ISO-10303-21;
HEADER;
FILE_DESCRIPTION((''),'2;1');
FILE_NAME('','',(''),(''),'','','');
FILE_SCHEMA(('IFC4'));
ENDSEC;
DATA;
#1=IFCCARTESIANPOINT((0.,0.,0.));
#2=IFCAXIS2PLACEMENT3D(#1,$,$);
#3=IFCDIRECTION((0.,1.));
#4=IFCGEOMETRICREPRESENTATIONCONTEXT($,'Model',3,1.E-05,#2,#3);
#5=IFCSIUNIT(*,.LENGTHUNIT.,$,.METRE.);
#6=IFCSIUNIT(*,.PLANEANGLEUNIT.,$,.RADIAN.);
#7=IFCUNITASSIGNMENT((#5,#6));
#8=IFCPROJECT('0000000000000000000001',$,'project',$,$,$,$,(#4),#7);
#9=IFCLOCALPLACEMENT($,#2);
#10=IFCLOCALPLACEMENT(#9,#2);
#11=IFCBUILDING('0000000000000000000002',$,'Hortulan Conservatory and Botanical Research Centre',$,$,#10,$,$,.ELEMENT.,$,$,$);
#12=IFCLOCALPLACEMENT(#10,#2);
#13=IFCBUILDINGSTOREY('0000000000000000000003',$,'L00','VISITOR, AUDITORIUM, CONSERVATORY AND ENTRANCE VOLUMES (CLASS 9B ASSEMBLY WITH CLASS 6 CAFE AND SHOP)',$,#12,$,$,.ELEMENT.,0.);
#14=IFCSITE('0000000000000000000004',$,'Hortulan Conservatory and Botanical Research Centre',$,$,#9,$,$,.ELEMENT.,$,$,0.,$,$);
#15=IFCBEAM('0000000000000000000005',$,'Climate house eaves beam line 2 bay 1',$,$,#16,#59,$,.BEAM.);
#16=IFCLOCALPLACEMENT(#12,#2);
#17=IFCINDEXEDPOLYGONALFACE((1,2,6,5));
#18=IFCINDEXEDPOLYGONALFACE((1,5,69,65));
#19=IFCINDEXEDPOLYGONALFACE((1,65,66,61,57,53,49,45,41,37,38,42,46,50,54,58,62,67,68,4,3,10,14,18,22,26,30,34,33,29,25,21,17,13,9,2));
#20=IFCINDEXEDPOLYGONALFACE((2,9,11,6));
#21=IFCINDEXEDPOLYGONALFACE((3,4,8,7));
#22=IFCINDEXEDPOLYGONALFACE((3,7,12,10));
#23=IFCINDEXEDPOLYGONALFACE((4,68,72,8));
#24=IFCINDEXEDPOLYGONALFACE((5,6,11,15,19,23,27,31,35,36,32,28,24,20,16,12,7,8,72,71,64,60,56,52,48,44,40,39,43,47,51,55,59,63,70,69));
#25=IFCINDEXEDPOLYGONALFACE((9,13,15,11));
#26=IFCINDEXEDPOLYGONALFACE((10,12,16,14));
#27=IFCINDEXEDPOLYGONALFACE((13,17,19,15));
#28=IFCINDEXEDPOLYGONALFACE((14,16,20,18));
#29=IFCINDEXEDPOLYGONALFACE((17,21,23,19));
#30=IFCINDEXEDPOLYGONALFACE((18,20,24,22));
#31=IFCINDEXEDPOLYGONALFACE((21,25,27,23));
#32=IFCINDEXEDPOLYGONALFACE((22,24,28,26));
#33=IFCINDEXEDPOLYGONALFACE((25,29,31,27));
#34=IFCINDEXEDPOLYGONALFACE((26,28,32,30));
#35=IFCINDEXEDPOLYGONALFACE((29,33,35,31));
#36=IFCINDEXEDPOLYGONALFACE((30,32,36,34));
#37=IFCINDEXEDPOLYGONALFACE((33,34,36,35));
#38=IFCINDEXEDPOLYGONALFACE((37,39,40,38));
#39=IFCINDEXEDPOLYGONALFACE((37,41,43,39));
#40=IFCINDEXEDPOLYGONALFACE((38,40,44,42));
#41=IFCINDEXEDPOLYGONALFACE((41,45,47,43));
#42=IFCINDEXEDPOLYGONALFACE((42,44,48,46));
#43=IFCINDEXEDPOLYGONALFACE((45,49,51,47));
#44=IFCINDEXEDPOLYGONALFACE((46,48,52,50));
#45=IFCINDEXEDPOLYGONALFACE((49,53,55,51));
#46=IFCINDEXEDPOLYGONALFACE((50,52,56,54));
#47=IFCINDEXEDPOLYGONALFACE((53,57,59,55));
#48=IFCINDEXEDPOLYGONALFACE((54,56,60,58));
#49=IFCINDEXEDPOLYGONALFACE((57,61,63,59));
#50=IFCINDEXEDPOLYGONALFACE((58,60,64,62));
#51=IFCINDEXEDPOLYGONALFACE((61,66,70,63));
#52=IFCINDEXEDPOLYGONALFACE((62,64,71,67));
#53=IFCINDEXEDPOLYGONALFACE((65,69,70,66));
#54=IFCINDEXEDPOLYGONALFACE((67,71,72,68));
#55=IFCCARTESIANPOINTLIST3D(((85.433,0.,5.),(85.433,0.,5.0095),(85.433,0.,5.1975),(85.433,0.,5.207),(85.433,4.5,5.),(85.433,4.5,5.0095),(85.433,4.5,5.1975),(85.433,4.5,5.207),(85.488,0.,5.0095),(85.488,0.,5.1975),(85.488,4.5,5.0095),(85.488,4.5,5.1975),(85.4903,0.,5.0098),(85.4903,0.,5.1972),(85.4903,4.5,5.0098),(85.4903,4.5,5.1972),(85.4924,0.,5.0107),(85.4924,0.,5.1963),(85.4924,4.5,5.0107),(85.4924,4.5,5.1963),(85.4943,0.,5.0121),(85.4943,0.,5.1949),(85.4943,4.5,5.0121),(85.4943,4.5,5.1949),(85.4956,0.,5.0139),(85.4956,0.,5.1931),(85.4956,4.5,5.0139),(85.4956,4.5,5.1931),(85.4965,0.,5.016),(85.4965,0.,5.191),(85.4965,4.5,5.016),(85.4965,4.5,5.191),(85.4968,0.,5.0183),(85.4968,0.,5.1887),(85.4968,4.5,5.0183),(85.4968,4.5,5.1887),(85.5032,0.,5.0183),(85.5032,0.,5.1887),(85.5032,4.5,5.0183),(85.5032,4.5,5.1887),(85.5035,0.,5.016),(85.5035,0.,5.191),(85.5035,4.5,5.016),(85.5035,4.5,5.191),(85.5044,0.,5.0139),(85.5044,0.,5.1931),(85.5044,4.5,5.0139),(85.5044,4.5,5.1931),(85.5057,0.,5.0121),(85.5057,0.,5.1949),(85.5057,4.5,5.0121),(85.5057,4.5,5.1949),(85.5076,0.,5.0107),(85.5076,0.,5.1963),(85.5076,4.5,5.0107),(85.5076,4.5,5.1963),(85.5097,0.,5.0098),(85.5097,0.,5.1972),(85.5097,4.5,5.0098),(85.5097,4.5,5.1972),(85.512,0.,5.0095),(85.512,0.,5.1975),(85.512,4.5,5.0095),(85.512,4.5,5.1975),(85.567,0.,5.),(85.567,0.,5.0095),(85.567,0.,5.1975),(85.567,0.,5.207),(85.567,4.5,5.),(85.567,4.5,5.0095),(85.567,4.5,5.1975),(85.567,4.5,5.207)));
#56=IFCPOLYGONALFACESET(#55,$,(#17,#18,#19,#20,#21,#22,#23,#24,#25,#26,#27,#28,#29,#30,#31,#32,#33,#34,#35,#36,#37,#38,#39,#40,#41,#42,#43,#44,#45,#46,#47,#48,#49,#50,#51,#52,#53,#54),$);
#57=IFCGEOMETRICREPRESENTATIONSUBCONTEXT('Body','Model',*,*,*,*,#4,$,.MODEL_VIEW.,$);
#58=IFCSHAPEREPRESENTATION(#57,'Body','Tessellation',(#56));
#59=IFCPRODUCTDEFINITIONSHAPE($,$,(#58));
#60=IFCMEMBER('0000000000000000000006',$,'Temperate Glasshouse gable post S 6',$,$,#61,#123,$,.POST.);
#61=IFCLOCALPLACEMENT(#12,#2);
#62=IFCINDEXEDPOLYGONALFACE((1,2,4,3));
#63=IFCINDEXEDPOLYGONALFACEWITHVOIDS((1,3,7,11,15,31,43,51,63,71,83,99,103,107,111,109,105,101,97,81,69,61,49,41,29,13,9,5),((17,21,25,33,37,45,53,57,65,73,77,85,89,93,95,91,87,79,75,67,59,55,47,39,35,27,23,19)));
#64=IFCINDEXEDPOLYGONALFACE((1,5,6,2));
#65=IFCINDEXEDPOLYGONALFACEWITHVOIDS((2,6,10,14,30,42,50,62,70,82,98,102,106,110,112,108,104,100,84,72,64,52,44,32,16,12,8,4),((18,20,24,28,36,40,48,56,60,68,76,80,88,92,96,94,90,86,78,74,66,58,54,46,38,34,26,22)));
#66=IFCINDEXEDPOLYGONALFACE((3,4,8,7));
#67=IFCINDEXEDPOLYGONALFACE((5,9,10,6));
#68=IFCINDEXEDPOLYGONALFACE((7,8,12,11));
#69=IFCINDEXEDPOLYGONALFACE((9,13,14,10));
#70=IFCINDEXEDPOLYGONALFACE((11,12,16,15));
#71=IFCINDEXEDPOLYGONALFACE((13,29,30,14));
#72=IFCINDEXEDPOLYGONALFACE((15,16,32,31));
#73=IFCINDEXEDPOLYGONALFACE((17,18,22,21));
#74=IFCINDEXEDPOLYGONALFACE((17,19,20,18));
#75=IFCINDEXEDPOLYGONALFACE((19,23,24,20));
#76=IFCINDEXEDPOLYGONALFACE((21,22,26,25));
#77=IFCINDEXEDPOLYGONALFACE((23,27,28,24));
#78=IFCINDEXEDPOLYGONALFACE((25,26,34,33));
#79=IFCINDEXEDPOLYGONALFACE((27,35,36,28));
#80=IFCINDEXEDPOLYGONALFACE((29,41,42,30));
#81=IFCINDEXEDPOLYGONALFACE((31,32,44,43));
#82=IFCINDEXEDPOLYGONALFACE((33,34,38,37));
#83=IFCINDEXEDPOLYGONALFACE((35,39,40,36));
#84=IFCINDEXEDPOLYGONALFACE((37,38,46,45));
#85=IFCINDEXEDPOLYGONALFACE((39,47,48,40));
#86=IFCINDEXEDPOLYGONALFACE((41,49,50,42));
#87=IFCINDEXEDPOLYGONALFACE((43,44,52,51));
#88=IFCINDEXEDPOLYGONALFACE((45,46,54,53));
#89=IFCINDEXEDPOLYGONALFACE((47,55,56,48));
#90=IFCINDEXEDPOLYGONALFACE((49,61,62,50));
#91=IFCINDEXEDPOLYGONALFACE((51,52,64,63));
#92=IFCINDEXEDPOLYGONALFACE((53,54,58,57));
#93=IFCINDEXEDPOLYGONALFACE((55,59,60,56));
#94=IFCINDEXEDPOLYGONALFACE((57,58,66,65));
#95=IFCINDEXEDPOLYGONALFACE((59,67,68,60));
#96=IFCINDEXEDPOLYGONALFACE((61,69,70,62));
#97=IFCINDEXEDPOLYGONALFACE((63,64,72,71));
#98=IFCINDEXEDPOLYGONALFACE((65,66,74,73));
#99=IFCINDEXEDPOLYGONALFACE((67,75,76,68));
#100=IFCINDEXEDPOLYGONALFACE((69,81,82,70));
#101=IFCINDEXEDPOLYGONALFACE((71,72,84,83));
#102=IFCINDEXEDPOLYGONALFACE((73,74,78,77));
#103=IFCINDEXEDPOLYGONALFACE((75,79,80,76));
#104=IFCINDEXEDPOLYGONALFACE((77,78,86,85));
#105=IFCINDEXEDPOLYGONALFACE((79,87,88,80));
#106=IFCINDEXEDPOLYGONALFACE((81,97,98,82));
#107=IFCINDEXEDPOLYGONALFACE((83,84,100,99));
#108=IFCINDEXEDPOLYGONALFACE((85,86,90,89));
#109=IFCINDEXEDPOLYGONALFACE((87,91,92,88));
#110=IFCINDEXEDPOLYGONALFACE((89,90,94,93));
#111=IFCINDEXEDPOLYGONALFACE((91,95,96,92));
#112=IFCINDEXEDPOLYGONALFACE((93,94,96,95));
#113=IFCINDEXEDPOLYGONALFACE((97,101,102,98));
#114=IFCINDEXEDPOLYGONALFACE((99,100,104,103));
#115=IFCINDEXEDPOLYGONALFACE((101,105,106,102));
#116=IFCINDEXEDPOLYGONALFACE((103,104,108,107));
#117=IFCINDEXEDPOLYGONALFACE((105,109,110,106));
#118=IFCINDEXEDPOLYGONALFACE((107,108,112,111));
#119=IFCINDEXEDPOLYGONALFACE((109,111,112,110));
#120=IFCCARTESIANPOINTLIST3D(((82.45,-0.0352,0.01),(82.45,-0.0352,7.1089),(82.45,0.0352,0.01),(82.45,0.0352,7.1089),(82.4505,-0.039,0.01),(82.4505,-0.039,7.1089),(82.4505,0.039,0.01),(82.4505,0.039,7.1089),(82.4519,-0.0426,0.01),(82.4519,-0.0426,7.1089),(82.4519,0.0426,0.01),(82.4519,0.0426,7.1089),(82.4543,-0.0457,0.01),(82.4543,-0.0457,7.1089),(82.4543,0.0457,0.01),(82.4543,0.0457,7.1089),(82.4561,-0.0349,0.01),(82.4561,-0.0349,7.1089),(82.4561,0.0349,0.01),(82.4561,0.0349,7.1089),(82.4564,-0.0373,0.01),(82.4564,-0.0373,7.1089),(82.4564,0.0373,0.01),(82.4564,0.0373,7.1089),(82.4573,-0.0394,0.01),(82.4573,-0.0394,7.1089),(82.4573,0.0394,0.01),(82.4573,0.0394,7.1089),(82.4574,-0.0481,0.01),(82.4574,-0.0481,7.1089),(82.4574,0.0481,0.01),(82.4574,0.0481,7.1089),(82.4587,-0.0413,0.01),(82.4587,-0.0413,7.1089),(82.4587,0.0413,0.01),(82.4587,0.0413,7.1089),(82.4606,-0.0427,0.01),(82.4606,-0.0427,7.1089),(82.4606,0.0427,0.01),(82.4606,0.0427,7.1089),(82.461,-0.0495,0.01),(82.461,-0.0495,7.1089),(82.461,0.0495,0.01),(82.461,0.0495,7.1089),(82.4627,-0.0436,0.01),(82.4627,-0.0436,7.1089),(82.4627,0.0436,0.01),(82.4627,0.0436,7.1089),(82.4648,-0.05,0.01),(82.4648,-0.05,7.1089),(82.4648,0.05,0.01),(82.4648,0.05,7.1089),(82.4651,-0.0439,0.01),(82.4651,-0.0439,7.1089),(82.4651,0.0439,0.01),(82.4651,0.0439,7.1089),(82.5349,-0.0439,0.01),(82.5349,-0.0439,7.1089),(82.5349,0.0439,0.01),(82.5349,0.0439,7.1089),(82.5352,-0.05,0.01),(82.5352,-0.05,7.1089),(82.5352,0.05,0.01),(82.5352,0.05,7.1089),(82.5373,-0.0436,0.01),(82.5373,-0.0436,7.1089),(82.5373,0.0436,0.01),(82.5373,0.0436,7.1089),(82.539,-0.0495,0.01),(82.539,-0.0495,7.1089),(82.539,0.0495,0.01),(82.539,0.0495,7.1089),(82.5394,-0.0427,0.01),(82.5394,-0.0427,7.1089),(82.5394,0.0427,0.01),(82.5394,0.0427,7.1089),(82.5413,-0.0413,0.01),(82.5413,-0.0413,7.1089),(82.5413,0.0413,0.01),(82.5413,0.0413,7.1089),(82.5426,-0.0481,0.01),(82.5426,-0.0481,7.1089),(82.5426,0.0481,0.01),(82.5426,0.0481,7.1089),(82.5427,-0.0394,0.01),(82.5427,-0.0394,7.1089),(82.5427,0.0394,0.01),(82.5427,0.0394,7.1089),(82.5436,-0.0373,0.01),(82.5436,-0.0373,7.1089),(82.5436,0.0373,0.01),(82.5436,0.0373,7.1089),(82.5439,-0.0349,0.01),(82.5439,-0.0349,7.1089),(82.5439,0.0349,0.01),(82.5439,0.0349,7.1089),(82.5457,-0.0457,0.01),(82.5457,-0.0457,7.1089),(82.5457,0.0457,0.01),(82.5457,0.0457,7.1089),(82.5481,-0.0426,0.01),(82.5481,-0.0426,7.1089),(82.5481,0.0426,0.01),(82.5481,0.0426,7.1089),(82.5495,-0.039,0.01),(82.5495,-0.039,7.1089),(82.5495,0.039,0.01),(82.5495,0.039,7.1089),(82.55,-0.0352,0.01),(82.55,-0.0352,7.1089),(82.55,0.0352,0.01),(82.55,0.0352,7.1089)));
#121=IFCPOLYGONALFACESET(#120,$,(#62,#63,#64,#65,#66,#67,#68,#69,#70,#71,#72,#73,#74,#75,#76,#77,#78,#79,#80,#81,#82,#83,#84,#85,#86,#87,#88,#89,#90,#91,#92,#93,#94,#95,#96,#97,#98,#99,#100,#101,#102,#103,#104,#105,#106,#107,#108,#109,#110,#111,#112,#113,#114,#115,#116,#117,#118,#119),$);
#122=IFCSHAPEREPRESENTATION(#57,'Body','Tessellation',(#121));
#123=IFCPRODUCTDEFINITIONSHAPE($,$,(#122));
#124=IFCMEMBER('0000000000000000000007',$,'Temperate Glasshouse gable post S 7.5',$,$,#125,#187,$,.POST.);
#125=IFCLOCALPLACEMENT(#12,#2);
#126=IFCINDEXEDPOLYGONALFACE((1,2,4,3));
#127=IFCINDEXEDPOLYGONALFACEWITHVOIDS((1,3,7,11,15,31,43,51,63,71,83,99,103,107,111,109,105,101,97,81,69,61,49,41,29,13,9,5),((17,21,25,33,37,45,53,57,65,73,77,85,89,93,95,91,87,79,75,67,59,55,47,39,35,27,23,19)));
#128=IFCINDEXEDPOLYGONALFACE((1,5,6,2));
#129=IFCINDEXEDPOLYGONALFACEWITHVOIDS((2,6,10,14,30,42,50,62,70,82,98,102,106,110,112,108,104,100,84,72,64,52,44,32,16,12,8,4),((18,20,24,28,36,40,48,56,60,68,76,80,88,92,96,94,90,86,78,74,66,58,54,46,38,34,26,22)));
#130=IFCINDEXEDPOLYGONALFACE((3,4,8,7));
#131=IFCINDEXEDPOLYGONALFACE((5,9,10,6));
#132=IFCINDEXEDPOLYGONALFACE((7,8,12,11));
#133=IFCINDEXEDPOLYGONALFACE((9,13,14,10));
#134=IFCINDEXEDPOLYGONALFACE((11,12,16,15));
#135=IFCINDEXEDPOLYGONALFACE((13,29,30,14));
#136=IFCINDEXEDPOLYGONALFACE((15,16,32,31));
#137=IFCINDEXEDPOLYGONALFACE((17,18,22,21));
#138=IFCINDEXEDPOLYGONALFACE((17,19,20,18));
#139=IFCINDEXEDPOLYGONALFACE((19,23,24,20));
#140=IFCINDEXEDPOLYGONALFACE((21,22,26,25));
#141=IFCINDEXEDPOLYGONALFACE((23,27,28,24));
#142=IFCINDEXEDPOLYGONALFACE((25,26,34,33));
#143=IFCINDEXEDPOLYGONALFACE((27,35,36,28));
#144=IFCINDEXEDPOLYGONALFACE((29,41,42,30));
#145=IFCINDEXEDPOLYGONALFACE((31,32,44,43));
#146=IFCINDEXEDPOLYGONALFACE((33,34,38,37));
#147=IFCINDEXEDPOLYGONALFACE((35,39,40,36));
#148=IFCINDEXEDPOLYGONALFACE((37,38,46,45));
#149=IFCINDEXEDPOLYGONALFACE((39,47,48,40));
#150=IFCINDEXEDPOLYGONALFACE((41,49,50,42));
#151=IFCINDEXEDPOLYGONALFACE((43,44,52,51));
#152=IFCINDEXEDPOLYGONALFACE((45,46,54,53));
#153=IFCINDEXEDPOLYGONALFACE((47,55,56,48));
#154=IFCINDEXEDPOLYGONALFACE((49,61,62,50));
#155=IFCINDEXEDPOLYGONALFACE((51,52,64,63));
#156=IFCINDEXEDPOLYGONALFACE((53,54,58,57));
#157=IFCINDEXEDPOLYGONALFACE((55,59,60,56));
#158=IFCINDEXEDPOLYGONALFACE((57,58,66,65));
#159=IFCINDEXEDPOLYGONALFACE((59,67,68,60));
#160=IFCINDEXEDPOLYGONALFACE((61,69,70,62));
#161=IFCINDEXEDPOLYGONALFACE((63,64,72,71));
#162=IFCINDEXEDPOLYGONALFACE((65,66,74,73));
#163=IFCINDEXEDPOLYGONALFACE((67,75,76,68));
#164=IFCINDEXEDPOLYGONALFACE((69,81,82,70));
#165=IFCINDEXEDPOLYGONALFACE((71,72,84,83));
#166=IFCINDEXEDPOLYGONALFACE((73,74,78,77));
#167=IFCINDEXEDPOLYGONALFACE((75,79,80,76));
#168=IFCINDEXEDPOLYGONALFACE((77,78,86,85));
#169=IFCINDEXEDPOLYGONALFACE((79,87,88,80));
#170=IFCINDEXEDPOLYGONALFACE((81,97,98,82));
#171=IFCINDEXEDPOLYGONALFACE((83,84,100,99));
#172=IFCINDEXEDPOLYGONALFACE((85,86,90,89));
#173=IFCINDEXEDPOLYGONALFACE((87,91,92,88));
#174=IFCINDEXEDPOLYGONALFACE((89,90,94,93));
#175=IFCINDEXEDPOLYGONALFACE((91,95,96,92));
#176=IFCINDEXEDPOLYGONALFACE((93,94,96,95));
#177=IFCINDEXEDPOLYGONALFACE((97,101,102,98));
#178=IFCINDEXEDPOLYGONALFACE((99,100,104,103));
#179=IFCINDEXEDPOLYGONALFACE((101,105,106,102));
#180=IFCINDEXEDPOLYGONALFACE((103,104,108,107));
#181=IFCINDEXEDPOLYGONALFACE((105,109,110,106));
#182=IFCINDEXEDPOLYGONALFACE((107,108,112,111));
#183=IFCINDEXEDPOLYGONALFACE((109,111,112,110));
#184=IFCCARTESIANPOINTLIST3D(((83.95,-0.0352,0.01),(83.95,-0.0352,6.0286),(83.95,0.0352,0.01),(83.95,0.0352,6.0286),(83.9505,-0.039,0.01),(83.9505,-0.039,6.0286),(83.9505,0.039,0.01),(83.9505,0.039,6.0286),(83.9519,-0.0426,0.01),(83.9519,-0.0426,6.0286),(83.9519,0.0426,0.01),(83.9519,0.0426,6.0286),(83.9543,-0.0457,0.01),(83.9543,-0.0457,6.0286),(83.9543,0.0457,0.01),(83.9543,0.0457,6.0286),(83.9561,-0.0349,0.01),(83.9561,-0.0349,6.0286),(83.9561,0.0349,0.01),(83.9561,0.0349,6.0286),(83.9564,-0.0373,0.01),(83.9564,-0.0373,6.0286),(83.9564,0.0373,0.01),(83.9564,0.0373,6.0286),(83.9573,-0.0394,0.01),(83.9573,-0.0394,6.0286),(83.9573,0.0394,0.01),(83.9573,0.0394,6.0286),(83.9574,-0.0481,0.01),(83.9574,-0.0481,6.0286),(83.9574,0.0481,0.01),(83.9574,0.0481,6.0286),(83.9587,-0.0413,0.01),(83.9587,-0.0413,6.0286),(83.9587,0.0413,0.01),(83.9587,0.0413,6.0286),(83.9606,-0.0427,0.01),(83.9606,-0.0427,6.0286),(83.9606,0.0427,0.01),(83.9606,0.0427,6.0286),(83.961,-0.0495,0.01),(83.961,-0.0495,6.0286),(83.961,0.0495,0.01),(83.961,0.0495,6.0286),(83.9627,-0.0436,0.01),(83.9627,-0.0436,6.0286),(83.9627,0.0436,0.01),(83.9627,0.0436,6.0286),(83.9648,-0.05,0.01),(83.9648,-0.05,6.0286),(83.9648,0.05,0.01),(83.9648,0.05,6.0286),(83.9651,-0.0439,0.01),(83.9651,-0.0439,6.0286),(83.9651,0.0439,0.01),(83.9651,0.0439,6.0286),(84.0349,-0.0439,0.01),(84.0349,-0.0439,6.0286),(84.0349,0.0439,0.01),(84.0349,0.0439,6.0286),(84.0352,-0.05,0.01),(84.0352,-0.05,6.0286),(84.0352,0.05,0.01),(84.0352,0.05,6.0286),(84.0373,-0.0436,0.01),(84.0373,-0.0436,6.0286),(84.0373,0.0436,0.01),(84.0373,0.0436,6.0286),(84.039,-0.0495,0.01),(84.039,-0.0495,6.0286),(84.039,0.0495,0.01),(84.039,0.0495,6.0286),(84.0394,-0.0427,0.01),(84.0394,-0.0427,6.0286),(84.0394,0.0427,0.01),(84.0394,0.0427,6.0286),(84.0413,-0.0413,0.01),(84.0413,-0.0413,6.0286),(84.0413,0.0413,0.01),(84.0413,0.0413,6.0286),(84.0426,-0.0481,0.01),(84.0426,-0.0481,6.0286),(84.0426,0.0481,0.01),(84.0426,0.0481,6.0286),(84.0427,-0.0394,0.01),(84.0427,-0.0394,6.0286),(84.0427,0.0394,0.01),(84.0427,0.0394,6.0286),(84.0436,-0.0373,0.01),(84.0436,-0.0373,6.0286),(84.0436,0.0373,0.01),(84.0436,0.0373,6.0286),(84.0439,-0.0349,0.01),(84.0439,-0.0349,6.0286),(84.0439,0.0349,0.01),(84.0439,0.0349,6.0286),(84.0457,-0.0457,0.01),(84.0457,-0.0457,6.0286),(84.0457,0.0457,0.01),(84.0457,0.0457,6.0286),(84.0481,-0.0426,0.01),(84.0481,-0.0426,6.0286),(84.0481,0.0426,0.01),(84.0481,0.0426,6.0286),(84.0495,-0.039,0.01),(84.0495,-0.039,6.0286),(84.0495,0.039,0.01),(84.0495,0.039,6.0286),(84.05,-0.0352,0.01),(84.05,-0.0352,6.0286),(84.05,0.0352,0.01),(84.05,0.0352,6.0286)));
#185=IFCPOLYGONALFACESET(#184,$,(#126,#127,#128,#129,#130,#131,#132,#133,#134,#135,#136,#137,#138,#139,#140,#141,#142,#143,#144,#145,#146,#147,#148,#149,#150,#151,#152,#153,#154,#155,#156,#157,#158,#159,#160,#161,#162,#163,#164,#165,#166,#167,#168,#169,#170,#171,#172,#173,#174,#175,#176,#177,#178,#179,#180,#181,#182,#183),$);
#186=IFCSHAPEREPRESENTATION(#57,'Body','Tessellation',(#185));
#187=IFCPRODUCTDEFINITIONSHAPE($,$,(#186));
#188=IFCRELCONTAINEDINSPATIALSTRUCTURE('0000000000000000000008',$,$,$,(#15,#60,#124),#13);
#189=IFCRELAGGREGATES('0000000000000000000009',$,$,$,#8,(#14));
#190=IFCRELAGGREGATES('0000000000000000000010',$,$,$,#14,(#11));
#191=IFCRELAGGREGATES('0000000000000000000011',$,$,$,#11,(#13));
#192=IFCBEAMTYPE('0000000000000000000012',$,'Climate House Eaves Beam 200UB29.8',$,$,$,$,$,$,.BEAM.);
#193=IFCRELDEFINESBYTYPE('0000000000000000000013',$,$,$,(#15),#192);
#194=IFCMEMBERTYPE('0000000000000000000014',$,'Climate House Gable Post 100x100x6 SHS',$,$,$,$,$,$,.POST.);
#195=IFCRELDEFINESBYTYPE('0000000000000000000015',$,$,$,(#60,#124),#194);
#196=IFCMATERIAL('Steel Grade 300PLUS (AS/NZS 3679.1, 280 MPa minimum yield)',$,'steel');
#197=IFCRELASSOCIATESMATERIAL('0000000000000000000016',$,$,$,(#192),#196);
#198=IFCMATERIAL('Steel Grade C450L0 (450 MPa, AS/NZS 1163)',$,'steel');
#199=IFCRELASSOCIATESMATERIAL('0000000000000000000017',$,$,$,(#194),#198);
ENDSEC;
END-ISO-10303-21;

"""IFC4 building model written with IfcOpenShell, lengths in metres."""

from ifc_helpers import new_model, si_unit, direction, frame, origin, origin_2d, place, context, subcontext, project, spatial, hollow_rectangle, i_section, extrude, material, material_profile, profile_set, type_object, element, save


model = new_model("IFC4")

# Units and contexts
model_context = context("Model", 3, precision=1e-05, world=origin(), true_north=direction((0.0, 1.0)))
body_context = subcontext(model_context, "Body", "Model", "MODEL_VIEW")
ifc_project = project(units=[si_unit("LENGTHUNIT", "METRE"), si_unit("PLANEANGLEUNIT", "RADIAN")], contexts=[model_context])

# Site, building, storey
site_placement = place(None, origin())
site = spatial("IfcSite", under=ifc_project, at=site_placement, Name="Hortulan Conservatory and Botanical Research Centre", CompositionType="ELEMENT", RefElevation=0.0)
building_placement = place(site_placement, origin())
building = spatial("IfcBuilding", under=site, at=building_placement, Name="Hortulan Conservatory and Botanical Research Centre", CompositionType="ELEMENT")
storey_placement = place(building_placement, origin())
storey = spatial("IfcBuildingStorey", under=building, at=storey_placement, Name="L00", Description="VISITOR, AUDITORIUM, CONSERVATORY AND ENTRANCE VOLUMES (CLASS 9B ASSEMBLY WITH CLASS 6 CAFE AND SHOP)", CompositionType="ELEMENT", Elevation=0.0)

# Shared definitions
ifc_material_1 = material(Name="Steel Grade 300PLUS (AS/NZS 3679.1, 280 MPa minimum yield)", Category="steel")

# Beam
ifc_material_profile_1 = material_profile(ifc_material_1, i_section(OverallWidth=0.134, OverallDepth=0.207, WebThickness=0.0063, FlangeThickness=0.0095, FilletRadius=0.0088, at=origin_2d()), Name="200UB29.8")
ifc_profile_set_1 = profile_set([ifc_material_profile_1], Name="Steel Grade 300PLUS (AS/NZS 3679.1, 280 MPa minimum yield)")
beam_type = type_object("IfcBeamType", Name="Climate House Eaves Beam 200UB29.8", PredefinedType="BEAM", material=ifc_profile_set_1)
beam_placement = place(storey_placement, frame((85.5, 0.0, 5.1035), z_axis=(0.0, 1.0, 0.0), x_axis=(-1.0, 0.0, 0.0)))
element("IfcBeam", 1, at=beam_placement, inside=storey, type_object=beam_type, Name="Climate house eaves beam line 2 bay 1", PredefinedType="BEAM", context=body_context, shape_type="SweptSolid", body=[
    extrude(i_section(OverallWidth=0.134, OverallDepth=0.207, WebThickness=0.0063, FlangeThickness=0.0095, FilletRadius=0.0088, at=origin_2d()), origin(), (0.0, 0.0, 1.0), 4.5),
])

# Members
ifc_material_2 = material(Name="Steel Grade C450L0 (450 MPa, AS/NZS 1163)", Category="steel")
ifc_material_profile_2 = material_profile(ifc_material_2, hollow_rectangle(XDim=0.1001, YDim=0.1001, WallThickness=0.0061, InnerFilletRadius=0.009, OuterFilletRadius=0.0149, at=origin_2d()), Name="100x100x6SHS")
ifc_profile_set_2 = profile_set([ifc_material_profile_2], Name="Steel Grade C450L0 (450 MPa, AS/NZS 1163)")
member_type_1 = type_object("IfcMemberType", Name="Climate House Gable Post 100x100x6 SHS", PredefinedType="POST", material=ifc_profile_set_2)
member_1_placement = place(storey_placement, frame((82.5, 0.0, 0.01), z_axis=(0.0, 0.0, 1.0), x_axis=(1.0, 0.0, 0.0)))
element("IfcMember", 2, at=member_1_placement, inside=storey, type_object=member_type_1, Name="Temperate Glasshouse gable post S 6", PredefinedType="POST", context=body_context, shape_type="SweptSolid", body=[
    extrude(hollow_rectangle(XDim=0.1001, YDim=0.1001, WallThickness=0.0061, InnerFilletRadius=0.009, OuterFilletRadius=0.0149, at=origin_2d()), origin(), (0.0, 0.0, 1.0), 7.0989),
])
member_2_placement = place(storey_placement, frame((84.0, 0.0, 0.01), z_axis=(0.0, 0.0, 1.0), x_axis=(1.0, 0.0, 0.0)))
element("IfcMember", 3, at=member_2_placement, inside=storey, type_object=member_type_1, Name="Temperate Glasshouse gable post S 7.5", PredefinedType="POST", context=body_context, shape_type="SweptSolid", body=[
    extrude(hollow_rectangle(XDim=0.1001, YDim=0.1001, WallThickness=0.0061, InnerFilletRadius=0.009, OuterFilletRadius=0.0149, at=origin_2d()), origin(), (0.0, 0.0, 1.0), 6.0186),
])

save(model, "model.ifc")
